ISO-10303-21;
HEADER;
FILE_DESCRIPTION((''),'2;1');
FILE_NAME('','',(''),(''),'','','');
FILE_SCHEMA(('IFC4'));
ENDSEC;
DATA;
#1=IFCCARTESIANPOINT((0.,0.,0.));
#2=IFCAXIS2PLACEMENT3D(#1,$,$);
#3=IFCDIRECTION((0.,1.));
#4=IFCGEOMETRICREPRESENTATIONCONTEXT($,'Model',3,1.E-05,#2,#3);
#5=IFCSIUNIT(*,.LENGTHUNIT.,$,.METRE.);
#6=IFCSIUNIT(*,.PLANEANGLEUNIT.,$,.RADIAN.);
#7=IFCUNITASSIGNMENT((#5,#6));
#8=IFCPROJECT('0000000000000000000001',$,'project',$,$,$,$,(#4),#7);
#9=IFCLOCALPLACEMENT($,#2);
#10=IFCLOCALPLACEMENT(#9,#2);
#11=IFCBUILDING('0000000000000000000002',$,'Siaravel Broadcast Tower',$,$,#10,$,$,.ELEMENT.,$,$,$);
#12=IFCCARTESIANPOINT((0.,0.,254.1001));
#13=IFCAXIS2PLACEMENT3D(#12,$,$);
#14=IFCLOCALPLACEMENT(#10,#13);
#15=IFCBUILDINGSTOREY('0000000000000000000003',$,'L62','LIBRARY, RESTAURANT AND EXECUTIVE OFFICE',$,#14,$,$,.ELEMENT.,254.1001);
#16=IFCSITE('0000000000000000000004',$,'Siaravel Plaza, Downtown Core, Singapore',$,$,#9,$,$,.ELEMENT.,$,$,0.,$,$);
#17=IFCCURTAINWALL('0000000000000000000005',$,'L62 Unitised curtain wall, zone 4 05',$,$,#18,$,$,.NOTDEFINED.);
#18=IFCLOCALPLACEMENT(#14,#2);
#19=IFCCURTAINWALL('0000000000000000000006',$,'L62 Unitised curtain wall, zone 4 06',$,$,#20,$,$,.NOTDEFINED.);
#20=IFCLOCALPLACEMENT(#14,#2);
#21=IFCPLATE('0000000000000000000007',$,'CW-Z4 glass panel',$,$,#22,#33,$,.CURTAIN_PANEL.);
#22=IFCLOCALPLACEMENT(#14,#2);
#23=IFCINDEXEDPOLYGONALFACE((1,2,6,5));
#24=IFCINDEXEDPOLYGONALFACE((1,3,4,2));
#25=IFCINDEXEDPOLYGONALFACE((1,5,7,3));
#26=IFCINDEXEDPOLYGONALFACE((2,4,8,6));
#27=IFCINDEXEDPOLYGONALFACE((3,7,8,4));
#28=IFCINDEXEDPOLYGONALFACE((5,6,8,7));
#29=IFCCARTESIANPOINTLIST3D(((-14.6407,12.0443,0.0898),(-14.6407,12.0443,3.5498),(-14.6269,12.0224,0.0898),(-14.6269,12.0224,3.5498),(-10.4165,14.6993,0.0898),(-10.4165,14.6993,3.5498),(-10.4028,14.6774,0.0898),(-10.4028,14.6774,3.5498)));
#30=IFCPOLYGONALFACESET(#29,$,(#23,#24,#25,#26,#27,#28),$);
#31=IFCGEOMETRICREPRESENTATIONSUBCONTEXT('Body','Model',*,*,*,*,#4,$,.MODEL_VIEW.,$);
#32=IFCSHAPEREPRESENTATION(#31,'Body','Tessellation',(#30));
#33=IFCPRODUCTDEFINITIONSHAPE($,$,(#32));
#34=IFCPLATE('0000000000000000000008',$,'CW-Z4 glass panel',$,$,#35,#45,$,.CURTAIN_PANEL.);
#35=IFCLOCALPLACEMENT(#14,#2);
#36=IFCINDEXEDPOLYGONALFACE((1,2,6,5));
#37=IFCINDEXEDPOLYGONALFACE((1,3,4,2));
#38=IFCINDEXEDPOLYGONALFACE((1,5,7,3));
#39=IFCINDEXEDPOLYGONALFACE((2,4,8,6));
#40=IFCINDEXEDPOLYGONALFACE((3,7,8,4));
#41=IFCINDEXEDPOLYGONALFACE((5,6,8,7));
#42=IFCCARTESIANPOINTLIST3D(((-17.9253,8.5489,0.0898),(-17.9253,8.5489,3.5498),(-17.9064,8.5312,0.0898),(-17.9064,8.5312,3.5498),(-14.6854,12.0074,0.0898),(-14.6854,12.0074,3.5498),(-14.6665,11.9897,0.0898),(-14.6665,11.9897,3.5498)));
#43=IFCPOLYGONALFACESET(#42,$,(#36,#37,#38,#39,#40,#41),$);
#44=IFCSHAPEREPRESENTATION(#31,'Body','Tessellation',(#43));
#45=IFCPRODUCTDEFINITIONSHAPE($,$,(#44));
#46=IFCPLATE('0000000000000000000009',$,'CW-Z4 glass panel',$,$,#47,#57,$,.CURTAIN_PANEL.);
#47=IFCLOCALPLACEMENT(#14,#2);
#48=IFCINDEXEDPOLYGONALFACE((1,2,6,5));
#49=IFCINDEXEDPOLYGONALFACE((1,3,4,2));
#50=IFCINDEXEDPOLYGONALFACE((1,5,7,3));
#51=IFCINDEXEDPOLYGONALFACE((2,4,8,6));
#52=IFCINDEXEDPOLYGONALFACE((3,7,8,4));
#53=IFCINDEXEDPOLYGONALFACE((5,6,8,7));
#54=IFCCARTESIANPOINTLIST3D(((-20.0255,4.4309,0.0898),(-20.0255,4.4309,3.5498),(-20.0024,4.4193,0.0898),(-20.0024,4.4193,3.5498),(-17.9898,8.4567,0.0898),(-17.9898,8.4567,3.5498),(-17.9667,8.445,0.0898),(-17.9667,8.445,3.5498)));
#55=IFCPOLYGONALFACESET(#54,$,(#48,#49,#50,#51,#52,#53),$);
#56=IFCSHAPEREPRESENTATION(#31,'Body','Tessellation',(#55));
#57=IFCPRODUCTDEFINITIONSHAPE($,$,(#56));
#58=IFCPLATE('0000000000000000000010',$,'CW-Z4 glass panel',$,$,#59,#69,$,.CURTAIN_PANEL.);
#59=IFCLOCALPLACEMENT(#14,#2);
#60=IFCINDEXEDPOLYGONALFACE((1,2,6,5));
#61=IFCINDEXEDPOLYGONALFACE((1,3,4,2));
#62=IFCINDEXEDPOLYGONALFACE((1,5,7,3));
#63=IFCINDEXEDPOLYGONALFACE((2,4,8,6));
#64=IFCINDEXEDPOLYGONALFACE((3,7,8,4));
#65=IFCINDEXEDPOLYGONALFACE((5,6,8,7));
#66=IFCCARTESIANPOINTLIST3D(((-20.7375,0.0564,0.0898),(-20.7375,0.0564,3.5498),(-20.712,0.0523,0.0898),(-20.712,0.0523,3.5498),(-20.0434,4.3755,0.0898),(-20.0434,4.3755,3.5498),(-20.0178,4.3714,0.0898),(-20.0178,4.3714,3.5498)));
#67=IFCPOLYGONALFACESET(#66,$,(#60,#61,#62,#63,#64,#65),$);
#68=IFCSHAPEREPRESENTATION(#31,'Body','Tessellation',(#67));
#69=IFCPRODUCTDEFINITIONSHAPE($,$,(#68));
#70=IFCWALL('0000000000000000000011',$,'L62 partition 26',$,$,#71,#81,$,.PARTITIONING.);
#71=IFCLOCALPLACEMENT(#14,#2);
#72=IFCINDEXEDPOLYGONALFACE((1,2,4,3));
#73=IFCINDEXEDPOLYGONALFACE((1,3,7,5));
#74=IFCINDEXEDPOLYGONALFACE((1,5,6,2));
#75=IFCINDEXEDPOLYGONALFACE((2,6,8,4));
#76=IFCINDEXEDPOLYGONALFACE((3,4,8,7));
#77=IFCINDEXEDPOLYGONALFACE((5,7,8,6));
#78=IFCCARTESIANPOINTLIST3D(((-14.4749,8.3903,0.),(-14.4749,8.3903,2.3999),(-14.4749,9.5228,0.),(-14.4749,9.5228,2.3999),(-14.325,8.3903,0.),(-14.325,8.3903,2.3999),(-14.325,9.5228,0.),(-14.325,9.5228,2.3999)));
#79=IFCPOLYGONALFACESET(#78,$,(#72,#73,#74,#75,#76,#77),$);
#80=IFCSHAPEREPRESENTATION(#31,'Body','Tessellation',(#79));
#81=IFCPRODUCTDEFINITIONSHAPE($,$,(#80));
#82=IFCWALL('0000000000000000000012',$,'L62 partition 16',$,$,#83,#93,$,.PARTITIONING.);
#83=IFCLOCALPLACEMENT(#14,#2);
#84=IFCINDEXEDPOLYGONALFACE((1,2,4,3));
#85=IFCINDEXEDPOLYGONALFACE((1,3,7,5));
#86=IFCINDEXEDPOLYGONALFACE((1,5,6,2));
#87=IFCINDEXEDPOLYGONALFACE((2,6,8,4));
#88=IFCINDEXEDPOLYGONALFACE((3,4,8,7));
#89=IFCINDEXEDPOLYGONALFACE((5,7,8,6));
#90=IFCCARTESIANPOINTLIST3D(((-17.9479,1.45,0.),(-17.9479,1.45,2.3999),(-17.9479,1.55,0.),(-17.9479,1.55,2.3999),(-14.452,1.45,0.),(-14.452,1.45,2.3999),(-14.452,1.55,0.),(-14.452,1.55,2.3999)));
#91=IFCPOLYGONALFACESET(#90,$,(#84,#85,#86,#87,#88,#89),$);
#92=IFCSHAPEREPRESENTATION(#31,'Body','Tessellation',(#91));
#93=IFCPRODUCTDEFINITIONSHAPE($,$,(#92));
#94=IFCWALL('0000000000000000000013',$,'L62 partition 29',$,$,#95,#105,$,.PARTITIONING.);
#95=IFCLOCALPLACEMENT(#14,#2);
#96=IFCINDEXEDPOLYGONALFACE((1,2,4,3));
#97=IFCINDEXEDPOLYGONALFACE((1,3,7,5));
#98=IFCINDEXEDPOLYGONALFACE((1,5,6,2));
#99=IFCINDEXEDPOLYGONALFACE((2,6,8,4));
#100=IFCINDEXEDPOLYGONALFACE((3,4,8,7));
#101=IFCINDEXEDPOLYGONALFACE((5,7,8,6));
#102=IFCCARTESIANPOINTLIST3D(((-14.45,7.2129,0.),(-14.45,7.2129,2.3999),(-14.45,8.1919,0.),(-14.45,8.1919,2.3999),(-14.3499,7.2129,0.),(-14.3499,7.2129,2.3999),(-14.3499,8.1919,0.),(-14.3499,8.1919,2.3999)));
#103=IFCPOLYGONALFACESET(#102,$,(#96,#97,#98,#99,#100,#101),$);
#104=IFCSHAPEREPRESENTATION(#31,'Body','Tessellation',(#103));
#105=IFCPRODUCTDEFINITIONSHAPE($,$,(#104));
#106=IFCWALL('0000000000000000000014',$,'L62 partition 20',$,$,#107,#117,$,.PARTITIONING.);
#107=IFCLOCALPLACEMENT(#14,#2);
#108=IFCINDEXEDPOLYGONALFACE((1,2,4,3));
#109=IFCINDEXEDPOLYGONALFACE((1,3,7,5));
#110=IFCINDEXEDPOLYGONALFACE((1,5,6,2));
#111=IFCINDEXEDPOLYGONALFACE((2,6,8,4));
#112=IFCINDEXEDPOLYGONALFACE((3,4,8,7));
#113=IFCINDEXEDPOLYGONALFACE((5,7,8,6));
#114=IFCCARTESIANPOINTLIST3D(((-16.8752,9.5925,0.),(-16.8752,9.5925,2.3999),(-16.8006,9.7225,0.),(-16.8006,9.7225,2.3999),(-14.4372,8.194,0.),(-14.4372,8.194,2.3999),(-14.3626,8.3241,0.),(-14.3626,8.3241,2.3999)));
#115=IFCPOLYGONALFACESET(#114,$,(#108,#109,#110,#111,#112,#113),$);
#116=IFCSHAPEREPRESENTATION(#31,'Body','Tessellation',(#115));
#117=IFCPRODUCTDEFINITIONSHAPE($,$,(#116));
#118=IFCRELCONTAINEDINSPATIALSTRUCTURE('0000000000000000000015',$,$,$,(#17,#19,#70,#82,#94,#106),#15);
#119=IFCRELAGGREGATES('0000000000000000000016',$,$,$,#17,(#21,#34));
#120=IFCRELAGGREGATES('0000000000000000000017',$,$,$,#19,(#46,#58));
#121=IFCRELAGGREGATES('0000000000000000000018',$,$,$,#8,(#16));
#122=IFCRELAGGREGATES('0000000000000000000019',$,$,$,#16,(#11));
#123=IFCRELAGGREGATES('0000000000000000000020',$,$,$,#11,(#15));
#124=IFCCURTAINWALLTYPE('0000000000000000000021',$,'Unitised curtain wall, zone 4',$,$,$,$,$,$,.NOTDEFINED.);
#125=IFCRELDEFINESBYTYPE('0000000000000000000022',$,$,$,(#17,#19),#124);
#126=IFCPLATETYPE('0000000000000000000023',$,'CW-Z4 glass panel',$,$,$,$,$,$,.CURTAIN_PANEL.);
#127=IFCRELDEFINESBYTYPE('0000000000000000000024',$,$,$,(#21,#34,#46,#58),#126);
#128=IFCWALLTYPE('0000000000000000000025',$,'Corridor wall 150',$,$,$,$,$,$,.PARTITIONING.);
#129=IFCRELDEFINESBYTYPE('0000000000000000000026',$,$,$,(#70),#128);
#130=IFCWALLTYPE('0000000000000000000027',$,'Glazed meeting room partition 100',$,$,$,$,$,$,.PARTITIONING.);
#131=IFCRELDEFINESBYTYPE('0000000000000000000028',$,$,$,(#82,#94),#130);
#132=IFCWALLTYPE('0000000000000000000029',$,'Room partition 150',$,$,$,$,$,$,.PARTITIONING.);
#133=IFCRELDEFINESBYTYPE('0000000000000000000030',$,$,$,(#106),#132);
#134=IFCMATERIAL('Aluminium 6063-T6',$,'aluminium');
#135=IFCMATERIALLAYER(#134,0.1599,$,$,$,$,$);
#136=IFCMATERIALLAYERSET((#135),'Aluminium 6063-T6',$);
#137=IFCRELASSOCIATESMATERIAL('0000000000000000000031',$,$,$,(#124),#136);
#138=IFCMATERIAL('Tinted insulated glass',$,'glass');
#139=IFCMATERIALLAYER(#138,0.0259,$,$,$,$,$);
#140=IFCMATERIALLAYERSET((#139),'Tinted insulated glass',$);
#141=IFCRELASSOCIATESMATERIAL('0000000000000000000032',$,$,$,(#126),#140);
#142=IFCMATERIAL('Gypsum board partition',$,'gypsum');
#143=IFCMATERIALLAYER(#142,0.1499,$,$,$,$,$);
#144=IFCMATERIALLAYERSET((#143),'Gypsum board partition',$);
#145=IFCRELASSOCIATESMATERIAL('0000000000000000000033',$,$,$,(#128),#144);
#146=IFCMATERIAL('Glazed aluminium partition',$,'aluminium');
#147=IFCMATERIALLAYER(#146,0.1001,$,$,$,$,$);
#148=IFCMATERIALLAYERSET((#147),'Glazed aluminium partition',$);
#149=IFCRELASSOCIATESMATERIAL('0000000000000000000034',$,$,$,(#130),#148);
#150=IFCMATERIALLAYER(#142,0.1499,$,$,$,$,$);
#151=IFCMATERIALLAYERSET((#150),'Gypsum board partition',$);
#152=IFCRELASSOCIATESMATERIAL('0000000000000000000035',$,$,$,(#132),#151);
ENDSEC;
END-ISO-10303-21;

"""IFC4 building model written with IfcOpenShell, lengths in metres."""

from ifc_helpers import new_model, si_unit, direction, frame, frame_2d, origin, origin_2d, place, context, subcontext, project, spatial, rectangle, extrude, material, layer, layer_set, type_object, element, aggregate, save


model = new_model("IFC4")

# Units and contexts
model_context = context("Model", 3, precision=1e-05, world=origin(), true_north=direction((0.0, 1.0)))
body_context = subcontext(model_context, "Body", "Model", "MODEL_VIEW")
ifc_project = project(units=[si_unit("LENGTHUNIT", "METRE"), si_unit("PLANEANGLEUNIT", "RADIAN")], contexts=[model_context])

# Site, building, storey
site_placement = place(None, origin())
site = spatial("IfcSite", under=ifc_project, at=site_placement, Name="Siaravel Plaza, Downtown Core, Singapore", CompositionType="ELEMENT", RefElevation=0.0)
building_placement = place(site_placement, origin())
building = spatial("IfcBuilding", under=site, at=building_placement, Name="Siaravel Broadcast Tower", CompositionType="ELEMENT")
storey_placement = place(building_placement, frame((0.0, 0.0, 254.1001)))
storey = spatial("IfcBuildingStorey", under=building, at=storey_placement, Name="L62", Description="LIBRARY, RESTAURANT AND EXECUTIVE OFFICE", CompositionType="ELEMENT", Elevation=254.1001)

# Curtain walls
ifc_material_1 = material(Name="Aluminium 6063-T6", Category="aluminium")
ifc_layer_1 = layer(ifc_material_1, 0.1599)
ifc_layer_set_1 = layer_set([ifc_layer_1], Name="Aluminium 6063-T6")
curtain_wall_type = type_object("IfcCurtainWallType", Name="Unitised curtain wall, zone 4", PredefinedType="NOTDEFINED", material=ifc_layer_set_1)
curtain_wall_1_placement = place(storey_placement, origin())
curtain_wall_1 = element("IfcCurtainWall", 1, at=curtain_wall_1_placement, inside=storey, type_object=curtain_wall_type, Name="L62 Unitised curtain wall, zone 4 05", PredefinedType="NOTDEFINED")
curtain_wall_2_placement = place(storey_placement, origin())
curtain_wall_2 = element("IfcCurtainWall", 2, at=curtain_wall_2_placement, inside=storey, type_object=curtain_wall_type, Name="L62 Unitised curtain wall, zone 4 06", PredefinedType="NOTDEFINED")

# Plates
ifc_material_2 = material(Name="Tinted insulated glass", Category="glass")
ifc_layer_2 = layer(ifc_material_2, 0.0259)
ifc_layer_set_2 = layer_set([ifc_layer_2], Name="Tinted insulated glass")
plate_type = type_object("IfcPlateType", Name="CW-Z4 glass panel", PredefinedType="CURTAIN_PANEL", material=ifc_layer_set_2)
plate_1_placement = place(storey_placement, frame((-12.5217, 13.3608, 0.0898), z_axis=(0.0, 0.0, 1.0), x_axis=(-0.84665, -0.532151, 0.0)))
plate_1 = element("IfcPlate", 3, at=plate_1_placement, type_object=plate_type, Name="CW-Z4 glass panel", PredefinedType="CURTAIN_PANEL", context=body_context, shape_type="SweptSolid", body=[
    extrude(rectangle(XDim=4.9893, YDim=0.0259, at=origin_2d()), origin(), (0.0, 0.0, 1.0), 3.46),
])
plate_2_placement = place(storey_placement, frame((-16.2959, 10.2693, 0.0898), z_axis=(0.0, 0.0, 1.0), x_axis=(-0.683654, -0.729807, 0.0)))
plate_2 = element("IfcPlate", 4, at=plate_2_placement, type_object=plate_type, Name="CW-Z4 glass panel", PredefinedType="CURTAIN_PANEL", context=body_context, shape_type="SweptSolid", body=[
    extrude(rectangle(XDim=4.739, YDim=0.0259, at=origin_2d()), origin(), (0.0, 0.0, 1.0), 3.46),
])
aggregate(curtain_wall_1, [plate_1, plate_2])
plate_3_placement = place(storey_placement, frame((-18.9961, 6.438, 0.0898), z_axis=(0.0, 0.0, 1.0), x_axis=(-0.451259, -0.892393, 0.0)))
plate_3 = element("IfcPlate", 5, at=plate_3_placement, type_object=plate_type, Name="CW-Z4 glass panel", PredefinedType="CURTAIN_PANEL", context=body_context, shape_type="SweptSolid", body=[
    extrude(rectangle(XDim=4.5112, YDim=0.0259, at=origin_2d()), origin(), (0.0, 0.0, 1.0), 3.46),
])
plate_4_placement = place(storey_placement, frame((-20.3777, 2.2139, 0.0898), z_axis=(0.0, 0.0, 1.0), x_axis=(-0.158685, -0.987329, 0.0)))
plate_4 = element("IfcPlate", 6, at=plate_4_placement, type_object=plate_type, Name="CW-Z4 glass panel", PredefinedType="CURTAIN_PANEL", context=body_context, shape_type="SweptSolid", body=[
    extrude(rectangle(XDim=4.3745, YDim=0.0259, at=origin_2d()), origin(), (0.0, 0.0, 1.0), 3.46),
])
aggregate(curtain_wall_2, [plate_3, plate_4])

# Wall
ifc_material_3 = material(Name="Gypsum board partition", Category="gypsum")
ifc_layer_3 = layer(ifc_material_3, 0.1499)
ifc_layer_set_3 = layer_set([ifc_layer_3], Name="Gypsum board partition")
wall_type_1 = type_object("IfcWallType", Name="Corridor wall 150", PredefinedType="PARTITIONING", material=ifc_layer_set_3)
wall_1_placement = place(storey_placement, frame((-14.3999, 9.5229, 0.0), z_axis=(0.0, 0.0, 1.0), x_axis=(0.0, -1.0, 0.0)))
element("IfcWall", 7, at=wall_1_placement, inside=storey, type_object=wall_type_1, Name="L62 partition 26", PredefinedType="PARTITIONING", context=body_context, shape_type="SweptSolid", body=[
    extrude(rectangle(XDim=1.1326, YDim=0.1499, at=frame_2d((0.5664, 0.0))), origin(), (0.0, 0.0, 1.0), 2.3999),
])

# Shared definitions
ifc_material_4 = material(Name="Glazed aluminium partition", Category="aluminium")
ifc_layer_4 = layer(ifc_material_4, 0.1001)
ifc_layer_set_4 = layer_set([ifc_layer_4], Name="Glazed aluminium partition")
wall_type_2 = type_object("IfcWallType", Name="Glazed meeting room partition 100", PredefinedType="PARTITIONING", material=ifc_layer_set_4)

# Walls
wall_2_placement = place(storey_placement, frame((-14.4519, 1.5, 0.0), z_axis=(0.0, 0.0, 1.0), x_axis=(-1.0, 0.0, 0.0)))
element("IfcWall", 8, at=wall_2_placement, inside=storey, type_object=wall_type_2, Name="L62 partition 16", PredefinedType="PARTITIONING", context=body_context, shape_type="SweptSolid", body=[
    extrude(rectangle(XDim=3.4958, YDim=0.1001, at=frame_2d((1.748, 0.0))), origin(), (0.0, 0.0, 1.0), 2.3999),
])
wall_3_placement = place(storey_placement, frame((-14.3999, 8.1919, 0.0), z_axis=(0.0, 0.0, 1.0), x_axis=(0.0, -1.0, 0.0)))
element("IfcWall", 9, at=wall_3_placement, inside=storey, type_object=wall_type_2, Name="L62 partition 29", PredefinedType="PARTITIONING", context=body_context, shape_type="SweptSolid", body=[
    extrude(rectangle(XDim=0.979, YDim=0.1001, at=frame_2d((0.4895, 0.0))), origin(), (0.0, 0.0, 1.0), 2.3999),
])
ifc_layer_5 = layer(ifc_material_3, 0.1499)
ifc_layer_set_5 = layer_set([ifc_layer_5], Name="Gypsum board partition")
wall_type_3 = type_object("IfcWallType", Name="Room partition 150", PredefinedType="PARTITIONING", material=ifc_layer_set_5)
wall_4_placement = place(storey_placement, frame((-16.8379, 9.6575, 0.0), z_axis=(0.0, 0.0, 1.0), x_axis=(0.867429, -0.49756, 0.0)))
element("IfcWall", 10, at=wall_4_placement, inside=storey, type_object=wall_type_3, Name="L62 partition 20", PredefinedType="PARTITIONING", context=body_context, shape_type="SweptSolid", body=[
    extrude(rectangle(XDim=2.8105, YDim=0.1499, at=frame_2d((1.4053, 0.0))), origin(), (0.0, 0.0, 1.0), 2.3999),
])

save(model, "model.ifc")
